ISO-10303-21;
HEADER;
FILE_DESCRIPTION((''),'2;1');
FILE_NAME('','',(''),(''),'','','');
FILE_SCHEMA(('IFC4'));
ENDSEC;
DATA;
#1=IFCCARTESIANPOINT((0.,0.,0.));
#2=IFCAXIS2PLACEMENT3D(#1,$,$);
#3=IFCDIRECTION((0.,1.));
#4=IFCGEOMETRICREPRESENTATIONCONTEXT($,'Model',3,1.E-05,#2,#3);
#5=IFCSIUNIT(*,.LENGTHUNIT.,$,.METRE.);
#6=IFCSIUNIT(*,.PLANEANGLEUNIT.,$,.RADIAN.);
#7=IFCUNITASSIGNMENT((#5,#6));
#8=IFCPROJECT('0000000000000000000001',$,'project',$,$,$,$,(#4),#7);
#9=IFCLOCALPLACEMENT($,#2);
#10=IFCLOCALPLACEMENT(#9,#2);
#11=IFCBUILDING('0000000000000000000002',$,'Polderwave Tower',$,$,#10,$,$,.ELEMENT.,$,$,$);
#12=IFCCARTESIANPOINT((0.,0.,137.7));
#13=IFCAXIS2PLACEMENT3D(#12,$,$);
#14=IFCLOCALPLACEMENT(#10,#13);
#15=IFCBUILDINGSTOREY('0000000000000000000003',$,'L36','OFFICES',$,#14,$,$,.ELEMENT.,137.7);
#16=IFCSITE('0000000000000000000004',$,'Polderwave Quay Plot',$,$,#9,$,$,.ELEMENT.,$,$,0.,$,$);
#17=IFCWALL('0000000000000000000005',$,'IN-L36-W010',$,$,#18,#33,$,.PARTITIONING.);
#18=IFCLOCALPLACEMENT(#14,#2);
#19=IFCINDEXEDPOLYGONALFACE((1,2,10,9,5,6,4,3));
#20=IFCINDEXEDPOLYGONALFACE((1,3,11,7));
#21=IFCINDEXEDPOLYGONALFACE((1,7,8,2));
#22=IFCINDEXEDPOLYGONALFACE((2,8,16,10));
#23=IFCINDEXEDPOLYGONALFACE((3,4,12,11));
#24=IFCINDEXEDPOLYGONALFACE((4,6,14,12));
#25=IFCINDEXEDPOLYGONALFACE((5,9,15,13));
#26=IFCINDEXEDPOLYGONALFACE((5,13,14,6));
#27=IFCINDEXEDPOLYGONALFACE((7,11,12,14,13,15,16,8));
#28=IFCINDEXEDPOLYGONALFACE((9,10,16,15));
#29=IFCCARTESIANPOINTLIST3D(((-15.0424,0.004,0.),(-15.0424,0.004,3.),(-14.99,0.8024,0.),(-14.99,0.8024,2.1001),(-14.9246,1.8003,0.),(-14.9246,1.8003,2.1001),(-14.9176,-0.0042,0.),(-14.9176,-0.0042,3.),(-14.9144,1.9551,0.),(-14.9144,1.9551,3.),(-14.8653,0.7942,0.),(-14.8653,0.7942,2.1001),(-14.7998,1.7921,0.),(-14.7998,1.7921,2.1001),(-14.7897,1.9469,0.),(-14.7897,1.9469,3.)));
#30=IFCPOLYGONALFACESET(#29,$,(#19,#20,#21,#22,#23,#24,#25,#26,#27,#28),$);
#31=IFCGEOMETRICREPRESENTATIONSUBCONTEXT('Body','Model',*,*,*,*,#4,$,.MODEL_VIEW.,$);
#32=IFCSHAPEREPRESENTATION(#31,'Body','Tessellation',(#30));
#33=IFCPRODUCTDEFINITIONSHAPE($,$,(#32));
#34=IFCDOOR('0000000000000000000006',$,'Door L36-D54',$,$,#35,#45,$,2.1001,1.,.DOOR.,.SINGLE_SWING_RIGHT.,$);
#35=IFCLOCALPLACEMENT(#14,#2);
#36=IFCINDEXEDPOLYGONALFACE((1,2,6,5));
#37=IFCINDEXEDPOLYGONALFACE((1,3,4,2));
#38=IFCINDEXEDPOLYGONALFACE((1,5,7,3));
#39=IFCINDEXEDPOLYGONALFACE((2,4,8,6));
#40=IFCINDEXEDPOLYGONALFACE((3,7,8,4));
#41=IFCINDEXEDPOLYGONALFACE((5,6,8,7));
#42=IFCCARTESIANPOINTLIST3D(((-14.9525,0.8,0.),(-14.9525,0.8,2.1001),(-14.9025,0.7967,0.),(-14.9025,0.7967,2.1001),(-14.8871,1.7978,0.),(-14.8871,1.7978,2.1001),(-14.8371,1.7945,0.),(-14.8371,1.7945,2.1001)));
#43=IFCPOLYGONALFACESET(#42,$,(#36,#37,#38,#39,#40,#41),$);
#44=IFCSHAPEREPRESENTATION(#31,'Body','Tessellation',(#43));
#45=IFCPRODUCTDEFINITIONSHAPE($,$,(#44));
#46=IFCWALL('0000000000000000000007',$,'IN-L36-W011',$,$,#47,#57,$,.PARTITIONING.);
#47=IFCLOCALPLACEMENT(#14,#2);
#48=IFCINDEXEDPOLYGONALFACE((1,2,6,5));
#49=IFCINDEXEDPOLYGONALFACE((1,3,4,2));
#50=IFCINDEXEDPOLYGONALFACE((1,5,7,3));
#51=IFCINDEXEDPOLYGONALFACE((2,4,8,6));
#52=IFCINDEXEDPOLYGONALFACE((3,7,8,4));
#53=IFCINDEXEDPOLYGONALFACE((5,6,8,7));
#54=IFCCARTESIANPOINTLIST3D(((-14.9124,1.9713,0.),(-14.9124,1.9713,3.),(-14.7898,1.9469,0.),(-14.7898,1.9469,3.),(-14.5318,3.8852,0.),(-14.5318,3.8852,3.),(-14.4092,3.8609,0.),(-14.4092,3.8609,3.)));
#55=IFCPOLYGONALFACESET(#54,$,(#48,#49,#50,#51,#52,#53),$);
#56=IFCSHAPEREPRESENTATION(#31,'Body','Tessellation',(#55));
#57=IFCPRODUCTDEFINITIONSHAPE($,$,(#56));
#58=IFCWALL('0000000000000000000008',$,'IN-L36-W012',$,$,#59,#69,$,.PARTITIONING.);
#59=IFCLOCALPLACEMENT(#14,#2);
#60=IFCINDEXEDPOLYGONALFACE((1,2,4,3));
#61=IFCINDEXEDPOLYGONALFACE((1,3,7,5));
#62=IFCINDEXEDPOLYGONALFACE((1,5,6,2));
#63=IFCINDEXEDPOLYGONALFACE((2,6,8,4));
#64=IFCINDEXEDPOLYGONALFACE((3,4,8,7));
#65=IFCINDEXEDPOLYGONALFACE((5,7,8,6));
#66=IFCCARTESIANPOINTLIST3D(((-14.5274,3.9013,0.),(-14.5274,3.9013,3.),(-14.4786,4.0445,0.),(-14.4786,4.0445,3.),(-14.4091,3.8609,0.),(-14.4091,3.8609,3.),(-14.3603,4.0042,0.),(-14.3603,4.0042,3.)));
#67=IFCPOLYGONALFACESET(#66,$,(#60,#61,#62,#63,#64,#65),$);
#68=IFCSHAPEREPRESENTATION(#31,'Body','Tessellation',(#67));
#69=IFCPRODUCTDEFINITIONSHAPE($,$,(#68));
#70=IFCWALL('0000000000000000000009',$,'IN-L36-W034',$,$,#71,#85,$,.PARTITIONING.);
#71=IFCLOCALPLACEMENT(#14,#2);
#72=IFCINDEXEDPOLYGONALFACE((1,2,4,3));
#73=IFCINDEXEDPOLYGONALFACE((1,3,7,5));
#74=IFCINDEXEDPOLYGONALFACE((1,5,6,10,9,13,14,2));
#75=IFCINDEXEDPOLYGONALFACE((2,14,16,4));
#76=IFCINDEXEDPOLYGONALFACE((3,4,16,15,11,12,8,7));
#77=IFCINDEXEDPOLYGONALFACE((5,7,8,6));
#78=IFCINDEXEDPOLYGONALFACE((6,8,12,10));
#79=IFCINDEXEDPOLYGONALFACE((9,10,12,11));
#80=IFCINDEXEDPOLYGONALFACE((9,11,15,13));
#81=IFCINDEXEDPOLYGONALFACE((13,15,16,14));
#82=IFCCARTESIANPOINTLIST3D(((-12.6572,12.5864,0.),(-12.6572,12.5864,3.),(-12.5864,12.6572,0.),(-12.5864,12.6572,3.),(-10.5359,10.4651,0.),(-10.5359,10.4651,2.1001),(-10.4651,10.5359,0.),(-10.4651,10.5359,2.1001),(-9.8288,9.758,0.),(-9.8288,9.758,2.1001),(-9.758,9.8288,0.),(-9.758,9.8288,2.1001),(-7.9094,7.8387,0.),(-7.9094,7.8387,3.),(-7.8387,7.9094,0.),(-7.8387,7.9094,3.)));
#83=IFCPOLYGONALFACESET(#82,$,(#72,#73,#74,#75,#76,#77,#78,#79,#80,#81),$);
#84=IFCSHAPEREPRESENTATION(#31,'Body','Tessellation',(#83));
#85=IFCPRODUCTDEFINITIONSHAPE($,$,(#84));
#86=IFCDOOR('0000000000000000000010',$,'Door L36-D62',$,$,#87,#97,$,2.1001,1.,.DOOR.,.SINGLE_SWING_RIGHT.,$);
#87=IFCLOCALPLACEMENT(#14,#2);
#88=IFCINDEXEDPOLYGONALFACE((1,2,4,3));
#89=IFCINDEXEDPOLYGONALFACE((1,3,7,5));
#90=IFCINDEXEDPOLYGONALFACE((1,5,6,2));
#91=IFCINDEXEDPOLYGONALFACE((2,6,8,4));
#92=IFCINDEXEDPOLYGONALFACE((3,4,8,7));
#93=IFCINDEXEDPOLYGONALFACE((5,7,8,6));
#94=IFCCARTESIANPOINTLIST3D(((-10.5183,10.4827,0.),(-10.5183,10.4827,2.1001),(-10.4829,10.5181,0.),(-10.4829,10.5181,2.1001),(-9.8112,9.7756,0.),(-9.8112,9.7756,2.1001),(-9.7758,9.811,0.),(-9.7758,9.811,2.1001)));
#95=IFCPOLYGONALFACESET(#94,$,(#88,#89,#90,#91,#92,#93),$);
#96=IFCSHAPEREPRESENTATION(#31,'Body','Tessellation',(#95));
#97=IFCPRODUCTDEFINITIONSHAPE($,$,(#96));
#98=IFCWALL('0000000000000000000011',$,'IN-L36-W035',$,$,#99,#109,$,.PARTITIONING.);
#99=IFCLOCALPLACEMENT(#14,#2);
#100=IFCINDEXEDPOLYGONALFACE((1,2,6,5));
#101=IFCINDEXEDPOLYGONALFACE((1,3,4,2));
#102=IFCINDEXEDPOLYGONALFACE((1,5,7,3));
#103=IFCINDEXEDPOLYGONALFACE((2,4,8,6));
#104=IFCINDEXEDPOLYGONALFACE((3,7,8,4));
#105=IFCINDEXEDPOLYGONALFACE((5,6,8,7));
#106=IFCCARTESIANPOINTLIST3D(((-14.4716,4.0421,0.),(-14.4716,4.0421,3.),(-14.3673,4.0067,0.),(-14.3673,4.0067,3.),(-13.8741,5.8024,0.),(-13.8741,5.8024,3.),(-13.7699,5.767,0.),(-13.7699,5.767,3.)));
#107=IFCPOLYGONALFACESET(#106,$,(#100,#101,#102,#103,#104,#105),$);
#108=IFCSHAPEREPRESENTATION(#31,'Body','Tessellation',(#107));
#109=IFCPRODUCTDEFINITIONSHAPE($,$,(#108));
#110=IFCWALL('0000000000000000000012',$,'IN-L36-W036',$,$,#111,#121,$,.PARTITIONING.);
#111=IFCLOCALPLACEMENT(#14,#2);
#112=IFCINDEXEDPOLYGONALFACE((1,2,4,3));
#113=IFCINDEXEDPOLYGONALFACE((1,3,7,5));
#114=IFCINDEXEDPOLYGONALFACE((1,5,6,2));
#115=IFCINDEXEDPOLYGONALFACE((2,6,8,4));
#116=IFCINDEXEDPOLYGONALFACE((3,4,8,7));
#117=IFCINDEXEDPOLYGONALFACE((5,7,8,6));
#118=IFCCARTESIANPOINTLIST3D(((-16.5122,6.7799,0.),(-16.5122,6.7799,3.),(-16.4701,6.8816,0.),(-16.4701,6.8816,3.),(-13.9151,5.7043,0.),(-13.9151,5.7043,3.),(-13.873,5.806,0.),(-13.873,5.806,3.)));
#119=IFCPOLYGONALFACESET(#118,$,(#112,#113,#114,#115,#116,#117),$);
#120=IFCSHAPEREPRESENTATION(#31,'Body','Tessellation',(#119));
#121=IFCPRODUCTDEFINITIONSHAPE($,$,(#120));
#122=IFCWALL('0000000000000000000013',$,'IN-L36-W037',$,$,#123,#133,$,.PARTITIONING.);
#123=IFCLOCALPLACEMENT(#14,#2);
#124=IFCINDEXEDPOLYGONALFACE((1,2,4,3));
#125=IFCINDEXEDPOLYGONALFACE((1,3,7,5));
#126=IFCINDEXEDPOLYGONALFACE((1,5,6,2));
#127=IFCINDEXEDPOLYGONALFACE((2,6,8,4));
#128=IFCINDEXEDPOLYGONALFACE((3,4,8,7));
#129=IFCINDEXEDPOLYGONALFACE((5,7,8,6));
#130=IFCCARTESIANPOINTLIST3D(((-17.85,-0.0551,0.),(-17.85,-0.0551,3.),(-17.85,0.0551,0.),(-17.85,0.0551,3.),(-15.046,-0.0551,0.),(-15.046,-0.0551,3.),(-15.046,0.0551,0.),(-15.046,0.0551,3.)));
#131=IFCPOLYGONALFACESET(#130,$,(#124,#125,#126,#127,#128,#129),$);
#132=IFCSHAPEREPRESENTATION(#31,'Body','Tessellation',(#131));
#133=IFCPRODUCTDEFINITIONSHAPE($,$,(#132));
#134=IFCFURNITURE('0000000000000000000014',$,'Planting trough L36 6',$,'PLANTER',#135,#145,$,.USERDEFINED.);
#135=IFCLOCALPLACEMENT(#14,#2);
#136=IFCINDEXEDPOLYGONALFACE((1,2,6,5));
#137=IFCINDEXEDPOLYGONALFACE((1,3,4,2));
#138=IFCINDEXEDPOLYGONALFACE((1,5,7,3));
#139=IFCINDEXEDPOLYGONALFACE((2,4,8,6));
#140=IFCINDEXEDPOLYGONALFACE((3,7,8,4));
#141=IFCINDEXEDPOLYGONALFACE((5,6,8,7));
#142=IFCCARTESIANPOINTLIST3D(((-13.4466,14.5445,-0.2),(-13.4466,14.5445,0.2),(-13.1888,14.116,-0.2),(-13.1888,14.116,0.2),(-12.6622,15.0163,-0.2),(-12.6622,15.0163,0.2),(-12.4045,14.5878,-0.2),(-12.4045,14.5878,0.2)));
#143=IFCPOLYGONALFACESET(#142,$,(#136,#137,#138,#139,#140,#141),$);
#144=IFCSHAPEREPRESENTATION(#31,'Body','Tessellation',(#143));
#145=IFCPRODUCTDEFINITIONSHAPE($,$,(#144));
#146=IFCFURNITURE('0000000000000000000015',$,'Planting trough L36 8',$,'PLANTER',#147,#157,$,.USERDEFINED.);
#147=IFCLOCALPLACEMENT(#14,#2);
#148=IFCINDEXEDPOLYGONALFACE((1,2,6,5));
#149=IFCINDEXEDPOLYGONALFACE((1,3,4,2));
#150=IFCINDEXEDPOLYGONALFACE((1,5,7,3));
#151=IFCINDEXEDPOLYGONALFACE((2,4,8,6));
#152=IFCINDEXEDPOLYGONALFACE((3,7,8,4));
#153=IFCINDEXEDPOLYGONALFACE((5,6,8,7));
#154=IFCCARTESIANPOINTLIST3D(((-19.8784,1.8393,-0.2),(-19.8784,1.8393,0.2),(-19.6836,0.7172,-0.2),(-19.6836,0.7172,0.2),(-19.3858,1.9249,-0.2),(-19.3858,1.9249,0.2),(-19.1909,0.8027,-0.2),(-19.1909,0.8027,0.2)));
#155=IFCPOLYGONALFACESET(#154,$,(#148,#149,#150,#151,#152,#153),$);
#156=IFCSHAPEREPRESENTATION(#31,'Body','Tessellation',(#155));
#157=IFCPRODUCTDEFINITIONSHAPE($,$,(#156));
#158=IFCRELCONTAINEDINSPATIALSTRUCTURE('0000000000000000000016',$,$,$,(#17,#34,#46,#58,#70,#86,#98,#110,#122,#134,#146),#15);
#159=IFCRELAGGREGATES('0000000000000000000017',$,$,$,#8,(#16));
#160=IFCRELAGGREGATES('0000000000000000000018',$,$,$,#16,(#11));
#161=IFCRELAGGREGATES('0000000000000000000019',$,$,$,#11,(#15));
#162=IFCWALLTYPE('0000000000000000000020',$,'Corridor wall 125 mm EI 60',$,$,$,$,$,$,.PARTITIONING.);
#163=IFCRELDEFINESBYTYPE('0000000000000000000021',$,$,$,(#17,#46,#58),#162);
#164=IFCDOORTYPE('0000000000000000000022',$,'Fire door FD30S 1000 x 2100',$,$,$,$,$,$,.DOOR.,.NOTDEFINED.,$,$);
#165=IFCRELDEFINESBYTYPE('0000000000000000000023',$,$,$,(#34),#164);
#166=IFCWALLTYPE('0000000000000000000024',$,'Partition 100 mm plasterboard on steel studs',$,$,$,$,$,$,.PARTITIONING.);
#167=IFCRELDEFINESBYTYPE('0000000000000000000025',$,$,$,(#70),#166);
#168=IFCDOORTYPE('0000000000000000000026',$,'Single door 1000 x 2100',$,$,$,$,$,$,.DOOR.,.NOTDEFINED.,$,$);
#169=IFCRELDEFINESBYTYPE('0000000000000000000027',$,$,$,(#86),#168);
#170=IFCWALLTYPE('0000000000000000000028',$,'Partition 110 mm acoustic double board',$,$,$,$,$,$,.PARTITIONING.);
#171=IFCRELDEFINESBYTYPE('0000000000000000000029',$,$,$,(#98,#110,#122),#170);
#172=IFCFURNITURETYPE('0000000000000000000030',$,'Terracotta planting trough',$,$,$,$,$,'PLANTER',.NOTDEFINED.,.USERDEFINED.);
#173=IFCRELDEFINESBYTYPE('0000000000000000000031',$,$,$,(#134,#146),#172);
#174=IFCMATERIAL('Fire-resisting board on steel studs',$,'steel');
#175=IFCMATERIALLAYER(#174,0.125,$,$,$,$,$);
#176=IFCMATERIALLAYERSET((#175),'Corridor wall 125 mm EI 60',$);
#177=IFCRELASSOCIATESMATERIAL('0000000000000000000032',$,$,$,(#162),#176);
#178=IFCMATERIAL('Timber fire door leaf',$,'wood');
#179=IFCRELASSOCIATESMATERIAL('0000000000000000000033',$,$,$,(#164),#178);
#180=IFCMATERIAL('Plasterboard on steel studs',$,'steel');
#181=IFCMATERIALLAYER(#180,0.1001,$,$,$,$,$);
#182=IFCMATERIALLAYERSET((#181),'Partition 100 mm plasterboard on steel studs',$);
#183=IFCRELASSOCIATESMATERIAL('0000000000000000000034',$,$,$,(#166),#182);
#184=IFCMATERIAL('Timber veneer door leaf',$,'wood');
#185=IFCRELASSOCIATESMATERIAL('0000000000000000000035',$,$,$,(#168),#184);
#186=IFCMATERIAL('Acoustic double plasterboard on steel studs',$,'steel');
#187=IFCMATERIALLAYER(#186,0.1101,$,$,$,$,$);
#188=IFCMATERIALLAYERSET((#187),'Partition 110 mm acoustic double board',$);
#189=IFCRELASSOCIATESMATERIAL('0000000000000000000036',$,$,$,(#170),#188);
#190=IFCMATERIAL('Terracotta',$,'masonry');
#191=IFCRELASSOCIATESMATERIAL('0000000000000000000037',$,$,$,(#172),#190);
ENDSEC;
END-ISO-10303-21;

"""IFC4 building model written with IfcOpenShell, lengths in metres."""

from ifc_helpers import new_model, si_unit, direction, frame, frame_2d, origin, origin_2d, place, context, subcontext, project, spatial, rectangle, extrude, material, layer, layer_set, type_object, element, fill, save


model = new_model("IFC4")

# Units and contexts
model_context = context("Model", 3, precision=1e-05, world=origin(), true_north=direction((0.0, 1.0)))
body_context = subcontext(model_context, "Body", "Model", "MODEL_VIEW")
ifc_project = project(units=[si_unit("LENGTHUNIT", "METRE"), si_unit("PLANEANGLEUNIT", "RADIAN")], contexts=[model_context])

# Site, building, storey
site_placement = place(None, origin())
site = spatial("IfcSite", under=ifc_project, at=site_placement, Name="Polderwave Quay Plot", CompositionType="ELEMENT", RefElevation=0.0)
building_placement = place(site_placement, origin())
building = spatial("IfcBuilding", under=site, at=building_placement, Name="Polderwave Tower", CompositionType="ELEMENT")
storey_placement = place(building_placement, frame((0.0, 0.0, 137.7)))
storey = spatial("IfcBuildingStorey", under=building, at=storey_placement, Name="L36", Description="OFFICES", CompositionType="ELEMENT", Elevation=137.7)

# Wall, opening, door
ifc_material_1 = material(Name="Fire-resisting board on steel studs", Category="steel")
ifc_layer_1 = layer(ifc_material_1, 0.125)
ifc_layer_set_1 = layer_set([ifc_layer_1], Name="Corridor wall 125 mm EI 60")
wall_type_1 = type_object("IfcWallType", Name="Corridor wall 125 mm EI 60", PredefinedType="PARTITIONING", material=ifc_layer_set_1)
ifc_material_2 = material(Name="Timber fire door leaf", Category="wood")
door_type_1 = type_object("IfcDoorType", Name="Fire door FD30S 1000 x 2100", OperationType="NOTDEFINED", PredefinedType="DOOR", material=ifc_material_2)
wall_1_placement = place(storey_placement, frame((-14.98, 0.0, 0.0), z_axis=(0.0, 0.0, 1.0), x_axis=(0.065425, 0.997857, 0.0)))
wall_1 = element("IfcWall", 1, at=wall_1_placement, inside=storey, type_object=wall_type_1, Name="IN-L36-W010", PredefinedType="PARTITIONING", context=body_context, shape_type="SweptSolid", body=[
    extrude(rectangle(XDim=1.9553, YDim=0.125, at=frame_2d((0.9775, 0.0))), origin(), (0.0, 0.0, 1.0), 3.0),
])
opening_1_placement = place(wall_1_placement, frame((0.8, 0.0, 0.0)))
opening_1 = element("IfcOpeningElement", 2, at=opening_1_placement, cuts=wall_1, PredefinedType="OPENING", context=body_context, shape_type="SweptSolid", body=[
    extrude(rectangle(XDim=1.0, YDim=2.1001, at=frame_2d((0.5, 1.05))), frame((0.0, 0.0725, 0.0), z_axis=(0.0, -1.0, 0.0), x_axis=(1.0, 0.0, 0.0)), (0.0, 0.0, 1.0), 0.145),
])
door_1_placement = place(opening_1_placement, origin())
door_1 = element("IfcDoor", 3, at=door_1_placement, inside=storey, type_object=door_type_1, Name="Door L36-D54", OperationType="SINGLE_SWING_RIGHT", OverallHeight=2.1001, OverallWidth=1.0, PredefinedType="DOOR", context=body_context, shape_type="SweptSolid", body=[
    extrude(rectangle(XDim=1.0, YDim=2.1001, at=frame_2d((0.5, 1.05))), frame((0.0, 0.0249, 0.0), z_axis=(0.0, -1.0, 0.0), x_axis=(1.0, 0.0, 0.0)), (0.0, 0.0, 1.0), 0.05),
])
fill(opening_1, door_1)

# Walls
wall_2_placement = place(storey_placement, frame((-14.8511, 1.9592, 0.0), z_axis=(0.0, 0.0, 1.0), x_axis=(0.195057, 0.980792, 0.0)))
element("IfcWall", 4, at=wall_2_placement, inside=storey, type_object=wall_type_1, Name="IN-L36-W011", PredefinedType="PARTITIONING", context=body_context, shape_type="SweptSolid", body=[
    extrude(rectangle(XDim=1.9514, YDim=0.125, at=frame_2d((0.9756, 0.0))), origin(), (0.0, 0.0, 1.0), 3.0),
])
wall_3_placement = place(storey_placement, frame((-14.4683, 3.8811, 0.0), z_axis=(0.0, 0.0, 1.0), x_axis=(0.32251, 0.946566, 0.0)))
element("IfcWall", 5, at=wall_3_placement, inside=storey, type_object=wall_type_1, Name="IN-L36-W012", PredefinedType="PARTITIONING", context=body_context, shape_type="SweptSolid", body=[
    extrude(rectangle(XDim=0.1514, YDim=0.125, at=frame_2d((0.0757, 0.0))), origin(), (0.0, 0.0, 1.0), 3.0),
])

# Wall, opening, door
ifc_material_3 = material(Name="Plasterboard on steel studs", Category="steel")
ifc_layer_2 = layer(ifc_material_3, 0.1001)
ifc_layer_set_2 = layer_set([ifc_layer_2], Name="Partition 100 mm plasterboard on steel studs")
wall_type_2 = type_object("IfcWallType", Name="Partition 100 mm plasterboard on steel studs", PredefinedType="PARTITIONING", material=ifc_layer_set_2)
wall_4_placement = place(storey_placement, frame((-12.6218, 12.6218, 0.0), z_axis=(0.0, 0.0, 1.0), x_axis=(0.707107, -0.707107, 0.0)))
wall_4 = element("IfcWall", 6, at=wall_4_placement, inside=storey, type_object=wall_type_2, Name="IN-L36-W034", PredefinedType="PARTITIONING", context=body_context, shape_type="SweptSolid", body=[
    extrude(rectangle(XDim=6.7144, YDim=0.1001, at=frame_2d((3.3572, 0.0))), origin(), (0.0, 0.0, 1.0), 3.0),
])
opening_2_placement = place(wall_4_placement, frame((3.0, 0.0, 0.0)))
opening_2 = element("IfcOpeningElement", 7, at=opening_2_placement, cuts=wall_4, PredefinedType="OPENING", context=body_context, shape_type="SweptSolid", body=[
    extrude(rectangle(XDim=1.0, YDim=2.1001, at=frame_2d((0.5, 1.05))), frame((0.0, 0.0601, 0.0), z_axis=(0.0, -1.0, 0.0), x_axis=(1.0, 0.0, 0.0)), (0.0, 0.0, 1.0), 0.1201),
])
ifc_material_4 = material(Name="Timber veneer door leaf", Category="wood")
door_type_2 = type_object("IfcDoorType", Name="Single door 1000 x 2100", OperationType="NOTDEFINED", PredefinedType="DOOR", material=ifc_material_4)
door_2_placement = place(opening_2_placement, origin())
door_2 = element("IfcDoor", 8, at=door_2_placement, inside=storey, type_object=door_type_2, Name="Door L36-D62", OperationType="SINGLE_SWING_RIGHT", OverallHeight=2.1001, OverallWidth=1.0, PredefinedType="DOOR", context=body_context, shape_type="SweptSolid", body=[
    extrude(rectangle(XDim=1.0, YDim=2.1001, at=frame_2d((0.5, 1.05))), frame((0.0, 0.0249, 0.0), z_axis=(0.0, -1.0, 0.0), x_axis=(1.0, 0.0, 0.0)), (0.0, 0.0, 1.0), 0.05),
])
fill(opening_2, door_2)

# Walls
ifc_material_5 = material(Name="Acoustic double plasterboard on steel studs", Category="steel")
ifc_layer_3 = layer(ifc_material_5, 0.1101)
ifc_layer_set_3 = layer_set([ifc_layer_3], Name="Partition 110 mm acoustic double board")
wall_type_3 = type_object("IfcWallType", Name="Partition 110 mm acoustic double board", PredefinedType="PARTITIONING", material=ifc_layer_set_3)
wall_5_placement = place(storey_placement, frame((-14.4194, 4.0244, 0.0), z_axis=(0.0, 0.0, 1.0), x_axis=(0.321385, 0.946949, 0.0)))
element("IfcWall", 9, at=wall_5_placement, inside=storey, type_object=wall_type_3, Name="IN-L36-W035", PredefinedType="PARTITIONING", context=body_context, shape_type="SweptSolid", body=[
    extrude(rectangle(XDim=1.8589, YDim=0.1101, at=frame_2d((0.9294, 0.0))), origin(), (0.0, 0.0, 1.0), 3.0),
])
wall_6_placement = place(storey_placement, frame((-13.894, 5.7551, 0.0), z_axis=(0.0, 0.0, 1.0), x_axis=(-0.923892, 0.382653, 0.0)))
element("IfcWall", 10, at=wall_6_placement, inside=storey, type_object=wall_type_3, Name="IN-L36-W036", PredefinedType="PARTITIONING", context=body_context, shape_type="SweptSolid", body=[
    extrude(rectangle(XDim=2.811, YDim=0.1101, at=frame_2d((1.4055, 0.0))), origin(), (0.0, 0.0, 1.0), 3.0),
])
wall_7_placement = place(storey_placement, frame((-15.0461, 0.0, 0.0), z_axis=(0.0, 0.0, 1.0), x_axis=(-1.0, 0.0, 0.0)))
element("IfcWall", 11, at=wall_7_placement, inside=storey, type_object=wall_type_3, Name="IN-L36-W037", PredefinedType="PARTITIONING", context=body_context, shape_type="SweptSolid", body=[
    extrude(rectangle(XDim=2.804, YDim=0.1101, at=frame_2d((1.4019, 0.0))), origin(), (0.0, 0.0, 1.0), 3.0),
])

# Furniture
ifc_material_6 = material(Name="Terracotta", Category="masonry")
furniture_type = type_object("IfcFurnitureType", Name="Terracotta planting trough", ElementType="PLANTER", AssemblyPlace="NOTDEFINED", PredefinedType="USERDEFINED", material=ifc_material_6)
furniture_1_placement = place(storey_placement, frame((-12.9255, 14.5662, -0.2), z_axis=(0.0, 0.0, 1.0), x_axis=(-0.856924, -0.515443, 0.0)))
element("IfcFurniture", 12, at=furniture_1_placement, inside=storey, type_object=furniture_type, Name="Planting trough L36 6", ObjectType="PLANTER", PredefinedType="USERDEFINED", context=body_context, shape_type="SweptSolid", body=[
    extrude(rectangle(XDim=0.9153, YDim=0.5, at=origin_2d()), origin(), (0.0, 0.0, 1.0), 0.3999),
])
furniture_2_placement = place(storey_placement, frame((-19.5347, 1.321, -0.2), z_axis=(0.0, 0.0, 1.0), x_axis=(0.171062, -0.98526, 0.0)))
element("IfcFurniture", 13, at=furniture_2_placement, inside=storey, type_object=furniture_type, Name="Planting trough L36 8", ObjectType="PLANTER", PredefinedType="USERDEFINED", context=body_context, shape_type="SweptSolid", body=[
    extrude(rectangle(XDim=1.1389, YDim=0.5, at=origin_2d()), origin(), (0.0, 0.0, 1.0), 0.3999),
])

save(model, "model.ifc")
